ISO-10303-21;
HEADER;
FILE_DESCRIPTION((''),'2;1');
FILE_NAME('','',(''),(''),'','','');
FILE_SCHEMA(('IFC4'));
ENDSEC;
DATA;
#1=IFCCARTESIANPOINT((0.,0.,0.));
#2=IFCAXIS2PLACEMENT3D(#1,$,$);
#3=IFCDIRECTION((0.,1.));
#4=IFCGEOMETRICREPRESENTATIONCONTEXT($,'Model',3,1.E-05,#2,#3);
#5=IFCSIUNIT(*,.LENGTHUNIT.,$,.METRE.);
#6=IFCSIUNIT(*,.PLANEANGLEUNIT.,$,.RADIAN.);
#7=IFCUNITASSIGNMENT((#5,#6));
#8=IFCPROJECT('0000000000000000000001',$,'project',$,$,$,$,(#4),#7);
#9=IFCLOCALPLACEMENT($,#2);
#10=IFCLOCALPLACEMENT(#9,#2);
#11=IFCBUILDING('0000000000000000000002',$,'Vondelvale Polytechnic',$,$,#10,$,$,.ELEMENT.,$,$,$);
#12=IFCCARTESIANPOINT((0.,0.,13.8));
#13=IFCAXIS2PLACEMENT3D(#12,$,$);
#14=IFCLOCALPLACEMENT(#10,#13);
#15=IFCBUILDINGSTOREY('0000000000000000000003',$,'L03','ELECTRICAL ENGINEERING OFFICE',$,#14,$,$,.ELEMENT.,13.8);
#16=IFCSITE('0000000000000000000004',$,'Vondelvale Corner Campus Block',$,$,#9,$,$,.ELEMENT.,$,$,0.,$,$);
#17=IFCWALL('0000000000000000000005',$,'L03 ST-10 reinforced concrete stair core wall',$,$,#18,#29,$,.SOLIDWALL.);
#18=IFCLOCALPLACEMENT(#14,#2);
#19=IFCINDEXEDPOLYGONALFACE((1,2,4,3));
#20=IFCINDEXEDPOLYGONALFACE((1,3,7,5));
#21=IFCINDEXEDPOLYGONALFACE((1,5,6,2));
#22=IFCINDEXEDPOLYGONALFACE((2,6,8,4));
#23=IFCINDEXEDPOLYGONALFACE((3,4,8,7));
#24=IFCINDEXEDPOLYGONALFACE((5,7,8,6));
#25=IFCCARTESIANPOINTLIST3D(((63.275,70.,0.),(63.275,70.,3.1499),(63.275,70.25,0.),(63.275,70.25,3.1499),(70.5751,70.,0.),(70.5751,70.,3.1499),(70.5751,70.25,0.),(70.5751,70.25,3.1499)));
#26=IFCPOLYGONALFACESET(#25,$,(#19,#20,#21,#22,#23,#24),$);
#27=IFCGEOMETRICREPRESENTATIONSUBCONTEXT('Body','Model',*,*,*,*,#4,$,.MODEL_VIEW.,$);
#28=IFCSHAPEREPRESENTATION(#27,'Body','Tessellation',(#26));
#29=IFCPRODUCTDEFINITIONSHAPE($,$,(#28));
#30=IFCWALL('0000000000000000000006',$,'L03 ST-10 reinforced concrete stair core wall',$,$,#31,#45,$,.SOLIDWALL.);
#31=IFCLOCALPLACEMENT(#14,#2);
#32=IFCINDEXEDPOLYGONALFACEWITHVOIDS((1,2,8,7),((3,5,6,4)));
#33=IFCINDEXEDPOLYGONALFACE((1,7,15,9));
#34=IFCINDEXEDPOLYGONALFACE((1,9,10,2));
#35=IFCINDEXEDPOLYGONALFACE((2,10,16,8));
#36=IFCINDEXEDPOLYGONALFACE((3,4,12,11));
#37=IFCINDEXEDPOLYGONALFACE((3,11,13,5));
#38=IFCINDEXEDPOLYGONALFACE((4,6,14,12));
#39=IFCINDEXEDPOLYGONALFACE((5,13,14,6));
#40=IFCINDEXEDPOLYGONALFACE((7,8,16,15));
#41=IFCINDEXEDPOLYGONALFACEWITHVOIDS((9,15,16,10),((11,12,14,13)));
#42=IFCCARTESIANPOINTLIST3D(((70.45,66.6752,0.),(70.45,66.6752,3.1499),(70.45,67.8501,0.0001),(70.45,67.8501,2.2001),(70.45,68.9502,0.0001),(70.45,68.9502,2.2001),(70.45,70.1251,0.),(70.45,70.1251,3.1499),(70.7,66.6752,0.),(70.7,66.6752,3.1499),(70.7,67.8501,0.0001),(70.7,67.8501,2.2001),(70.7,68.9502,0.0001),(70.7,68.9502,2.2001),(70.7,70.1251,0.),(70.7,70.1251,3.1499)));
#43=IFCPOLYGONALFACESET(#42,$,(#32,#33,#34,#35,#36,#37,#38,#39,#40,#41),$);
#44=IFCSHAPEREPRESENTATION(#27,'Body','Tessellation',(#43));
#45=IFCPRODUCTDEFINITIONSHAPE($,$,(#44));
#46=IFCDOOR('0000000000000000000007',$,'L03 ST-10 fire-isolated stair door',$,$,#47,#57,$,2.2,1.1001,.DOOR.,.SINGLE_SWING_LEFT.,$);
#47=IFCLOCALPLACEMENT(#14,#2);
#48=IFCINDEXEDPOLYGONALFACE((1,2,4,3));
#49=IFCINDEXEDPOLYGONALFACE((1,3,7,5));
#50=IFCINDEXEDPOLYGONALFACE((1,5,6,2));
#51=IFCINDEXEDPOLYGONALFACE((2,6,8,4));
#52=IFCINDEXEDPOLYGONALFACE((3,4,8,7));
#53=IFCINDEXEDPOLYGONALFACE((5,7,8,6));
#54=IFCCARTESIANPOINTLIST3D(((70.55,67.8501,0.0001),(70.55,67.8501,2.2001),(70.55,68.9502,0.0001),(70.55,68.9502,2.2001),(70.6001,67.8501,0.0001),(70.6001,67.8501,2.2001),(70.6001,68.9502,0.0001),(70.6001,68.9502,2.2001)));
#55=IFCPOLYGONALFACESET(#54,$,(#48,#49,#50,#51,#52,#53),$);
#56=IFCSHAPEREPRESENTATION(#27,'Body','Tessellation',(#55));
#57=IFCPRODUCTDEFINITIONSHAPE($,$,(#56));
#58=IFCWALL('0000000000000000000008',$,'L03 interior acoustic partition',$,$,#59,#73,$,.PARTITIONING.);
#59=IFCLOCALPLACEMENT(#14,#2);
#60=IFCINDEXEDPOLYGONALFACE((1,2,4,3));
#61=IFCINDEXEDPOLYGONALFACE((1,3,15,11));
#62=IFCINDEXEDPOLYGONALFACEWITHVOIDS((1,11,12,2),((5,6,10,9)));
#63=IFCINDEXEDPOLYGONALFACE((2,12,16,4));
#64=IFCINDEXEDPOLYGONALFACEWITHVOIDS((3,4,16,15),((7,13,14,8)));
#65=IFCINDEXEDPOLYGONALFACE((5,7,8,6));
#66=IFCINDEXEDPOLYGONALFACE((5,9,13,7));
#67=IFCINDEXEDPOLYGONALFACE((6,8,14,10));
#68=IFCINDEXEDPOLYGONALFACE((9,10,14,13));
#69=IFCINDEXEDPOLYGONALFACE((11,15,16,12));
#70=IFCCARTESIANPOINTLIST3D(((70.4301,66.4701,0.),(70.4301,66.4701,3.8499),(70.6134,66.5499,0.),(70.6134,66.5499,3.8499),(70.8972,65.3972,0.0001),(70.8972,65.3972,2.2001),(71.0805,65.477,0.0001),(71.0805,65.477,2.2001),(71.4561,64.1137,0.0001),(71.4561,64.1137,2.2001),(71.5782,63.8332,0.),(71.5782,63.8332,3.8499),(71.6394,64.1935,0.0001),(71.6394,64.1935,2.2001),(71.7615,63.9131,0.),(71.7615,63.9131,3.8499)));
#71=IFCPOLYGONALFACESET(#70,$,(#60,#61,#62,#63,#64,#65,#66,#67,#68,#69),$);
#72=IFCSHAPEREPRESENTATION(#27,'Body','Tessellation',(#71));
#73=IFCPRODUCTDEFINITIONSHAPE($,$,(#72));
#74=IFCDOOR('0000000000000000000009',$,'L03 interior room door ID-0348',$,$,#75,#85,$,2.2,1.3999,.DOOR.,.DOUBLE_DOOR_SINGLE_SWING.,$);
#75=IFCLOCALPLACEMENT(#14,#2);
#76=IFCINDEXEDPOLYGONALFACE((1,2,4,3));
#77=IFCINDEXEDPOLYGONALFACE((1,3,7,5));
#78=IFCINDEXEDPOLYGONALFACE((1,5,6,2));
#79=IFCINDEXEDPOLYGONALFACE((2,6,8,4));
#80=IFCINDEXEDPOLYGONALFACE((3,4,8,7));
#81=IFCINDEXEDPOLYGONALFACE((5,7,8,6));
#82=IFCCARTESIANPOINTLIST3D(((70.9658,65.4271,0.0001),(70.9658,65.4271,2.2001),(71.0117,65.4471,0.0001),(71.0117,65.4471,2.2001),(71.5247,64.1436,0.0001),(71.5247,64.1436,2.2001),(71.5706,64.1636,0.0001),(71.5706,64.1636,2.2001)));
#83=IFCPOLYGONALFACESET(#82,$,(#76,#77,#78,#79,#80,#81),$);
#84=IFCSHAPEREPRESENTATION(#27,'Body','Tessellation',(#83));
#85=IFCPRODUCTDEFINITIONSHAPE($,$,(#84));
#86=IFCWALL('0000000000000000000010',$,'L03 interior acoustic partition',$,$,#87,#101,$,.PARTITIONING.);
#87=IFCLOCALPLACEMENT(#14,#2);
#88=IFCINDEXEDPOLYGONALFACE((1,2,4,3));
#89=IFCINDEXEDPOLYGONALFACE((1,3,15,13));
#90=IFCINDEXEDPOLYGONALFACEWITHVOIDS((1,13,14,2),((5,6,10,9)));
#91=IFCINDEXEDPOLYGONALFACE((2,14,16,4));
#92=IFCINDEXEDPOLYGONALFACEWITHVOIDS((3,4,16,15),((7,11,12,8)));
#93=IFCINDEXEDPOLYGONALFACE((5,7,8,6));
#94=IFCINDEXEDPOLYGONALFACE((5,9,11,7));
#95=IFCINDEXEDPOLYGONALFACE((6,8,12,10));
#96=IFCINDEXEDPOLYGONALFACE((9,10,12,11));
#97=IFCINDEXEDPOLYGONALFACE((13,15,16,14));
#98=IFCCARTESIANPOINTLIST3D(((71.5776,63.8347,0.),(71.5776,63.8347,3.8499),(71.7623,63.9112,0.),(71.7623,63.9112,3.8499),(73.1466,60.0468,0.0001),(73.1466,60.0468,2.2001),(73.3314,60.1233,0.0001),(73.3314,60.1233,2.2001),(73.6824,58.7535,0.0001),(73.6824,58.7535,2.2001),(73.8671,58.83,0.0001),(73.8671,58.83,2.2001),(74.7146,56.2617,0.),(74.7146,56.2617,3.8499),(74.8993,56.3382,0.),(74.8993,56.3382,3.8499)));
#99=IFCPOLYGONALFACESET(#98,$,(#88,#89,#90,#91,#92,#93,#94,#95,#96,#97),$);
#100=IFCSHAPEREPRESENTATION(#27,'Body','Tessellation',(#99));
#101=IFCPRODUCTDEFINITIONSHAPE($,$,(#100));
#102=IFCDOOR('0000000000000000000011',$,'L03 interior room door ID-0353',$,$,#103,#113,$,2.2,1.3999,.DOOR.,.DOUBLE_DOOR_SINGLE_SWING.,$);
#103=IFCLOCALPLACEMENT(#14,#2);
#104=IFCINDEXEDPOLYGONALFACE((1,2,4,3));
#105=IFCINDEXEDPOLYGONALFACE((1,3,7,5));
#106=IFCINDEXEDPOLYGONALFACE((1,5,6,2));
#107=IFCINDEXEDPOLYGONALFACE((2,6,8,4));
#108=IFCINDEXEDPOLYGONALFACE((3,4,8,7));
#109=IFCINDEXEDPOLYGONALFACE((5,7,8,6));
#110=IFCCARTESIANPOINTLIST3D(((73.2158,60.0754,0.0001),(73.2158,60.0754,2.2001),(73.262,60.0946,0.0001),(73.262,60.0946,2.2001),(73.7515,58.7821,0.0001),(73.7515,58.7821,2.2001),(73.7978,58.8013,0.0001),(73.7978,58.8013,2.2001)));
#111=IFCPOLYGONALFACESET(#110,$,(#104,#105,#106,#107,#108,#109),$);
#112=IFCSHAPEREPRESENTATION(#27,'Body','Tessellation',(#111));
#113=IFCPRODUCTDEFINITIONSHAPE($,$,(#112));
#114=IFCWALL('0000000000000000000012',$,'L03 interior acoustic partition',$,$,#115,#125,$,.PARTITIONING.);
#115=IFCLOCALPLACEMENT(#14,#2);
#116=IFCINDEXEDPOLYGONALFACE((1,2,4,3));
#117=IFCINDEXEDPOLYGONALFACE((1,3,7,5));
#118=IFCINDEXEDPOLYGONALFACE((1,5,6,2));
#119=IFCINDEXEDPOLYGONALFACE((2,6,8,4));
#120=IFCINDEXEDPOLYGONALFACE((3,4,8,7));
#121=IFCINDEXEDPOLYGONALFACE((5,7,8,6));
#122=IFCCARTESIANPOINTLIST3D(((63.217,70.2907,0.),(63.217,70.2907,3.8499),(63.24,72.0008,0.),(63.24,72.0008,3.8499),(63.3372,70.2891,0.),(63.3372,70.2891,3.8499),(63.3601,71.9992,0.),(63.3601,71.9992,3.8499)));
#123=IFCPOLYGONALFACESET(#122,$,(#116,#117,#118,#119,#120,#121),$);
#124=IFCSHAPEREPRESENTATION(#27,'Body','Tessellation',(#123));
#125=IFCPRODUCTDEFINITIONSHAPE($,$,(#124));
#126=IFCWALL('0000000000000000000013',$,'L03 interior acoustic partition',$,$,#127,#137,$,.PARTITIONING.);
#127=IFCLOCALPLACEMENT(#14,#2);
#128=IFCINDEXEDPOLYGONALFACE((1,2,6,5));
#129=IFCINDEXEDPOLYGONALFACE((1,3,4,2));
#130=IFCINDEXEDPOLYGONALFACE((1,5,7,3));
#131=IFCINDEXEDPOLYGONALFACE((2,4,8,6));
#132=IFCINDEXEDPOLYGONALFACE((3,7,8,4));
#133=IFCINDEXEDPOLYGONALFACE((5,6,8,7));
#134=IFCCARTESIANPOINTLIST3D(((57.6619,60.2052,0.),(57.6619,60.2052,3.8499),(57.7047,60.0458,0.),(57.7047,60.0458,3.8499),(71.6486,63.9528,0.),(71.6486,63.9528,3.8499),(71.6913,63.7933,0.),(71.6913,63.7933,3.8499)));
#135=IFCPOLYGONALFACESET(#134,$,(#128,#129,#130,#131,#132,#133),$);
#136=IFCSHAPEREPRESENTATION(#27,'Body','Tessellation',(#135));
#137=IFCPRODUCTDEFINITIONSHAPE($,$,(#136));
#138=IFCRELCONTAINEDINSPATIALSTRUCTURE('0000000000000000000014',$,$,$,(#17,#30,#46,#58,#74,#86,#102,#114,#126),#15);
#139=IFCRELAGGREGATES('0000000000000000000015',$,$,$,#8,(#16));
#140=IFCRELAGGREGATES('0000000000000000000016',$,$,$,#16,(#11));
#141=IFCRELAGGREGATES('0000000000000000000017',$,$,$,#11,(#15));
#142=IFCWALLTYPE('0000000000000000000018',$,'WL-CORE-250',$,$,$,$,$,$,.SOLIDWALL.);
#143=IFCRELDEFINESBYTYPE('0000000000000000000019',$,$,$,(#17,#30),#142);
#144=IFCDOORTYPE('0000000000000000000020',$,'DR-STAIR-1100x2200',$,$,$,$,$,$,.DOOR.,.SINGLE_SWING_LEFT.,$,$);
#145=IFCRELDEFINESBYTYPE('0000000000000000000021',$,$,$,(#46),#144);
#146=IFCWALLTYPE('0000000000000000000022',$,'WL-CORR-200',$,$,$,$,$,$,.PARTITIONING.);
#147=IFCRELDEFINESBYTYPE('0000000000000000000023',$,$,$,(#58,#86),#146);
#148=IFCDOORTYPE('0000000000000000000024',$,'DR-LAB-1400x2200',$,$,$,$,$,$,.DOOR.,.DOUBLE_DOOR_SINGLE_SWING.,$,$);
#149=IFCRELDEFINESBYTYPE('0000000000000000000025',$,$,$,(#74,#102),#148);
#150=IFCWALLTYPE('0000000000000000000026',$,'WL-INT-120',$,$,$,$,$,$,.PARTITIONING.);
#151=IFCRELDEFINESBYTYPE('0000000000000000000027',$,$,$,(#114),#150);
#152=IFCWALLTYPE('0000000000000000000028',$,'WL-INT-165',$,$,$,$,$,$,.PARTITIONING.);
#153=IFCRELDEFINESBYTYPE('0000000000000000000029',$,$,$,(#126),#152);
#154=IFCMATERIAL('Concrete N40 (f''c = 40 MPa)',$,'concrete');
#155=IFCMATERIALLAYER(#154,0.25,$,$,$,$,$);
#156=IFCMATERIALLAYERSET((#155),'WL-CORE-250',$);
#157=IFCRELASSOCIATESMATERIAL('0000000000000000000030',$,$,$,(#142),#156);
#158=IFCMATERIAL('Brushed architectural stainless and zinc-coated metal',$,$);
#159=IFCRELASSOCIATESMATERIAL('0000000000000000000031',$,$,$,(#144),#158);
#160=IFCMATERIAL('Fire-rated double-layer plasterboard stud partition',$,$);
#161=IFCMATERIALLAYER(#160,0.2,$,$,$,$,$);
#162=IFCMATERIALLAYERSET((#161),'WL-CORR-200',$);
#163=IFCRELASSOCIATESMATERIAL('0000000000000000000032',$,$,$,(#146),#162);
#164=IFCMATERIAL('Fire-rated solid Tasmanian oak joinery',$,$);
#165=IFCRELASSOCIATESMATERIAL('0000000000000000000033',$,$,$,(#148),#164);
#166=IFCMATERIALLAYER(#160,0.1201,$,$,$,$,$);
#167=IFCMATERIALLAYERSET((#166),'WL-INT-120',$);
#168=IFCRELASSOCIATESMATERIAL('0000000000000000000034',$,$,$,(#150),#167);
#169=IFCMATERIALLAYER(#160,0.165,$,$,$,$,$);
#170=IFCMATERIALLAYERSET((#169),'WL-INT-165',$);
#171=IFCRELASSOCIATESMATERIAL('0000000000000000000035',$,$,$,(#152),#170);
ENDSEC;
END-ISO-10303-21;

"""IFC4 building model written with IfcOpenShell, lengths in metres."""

from ifc_helpers import new_model, si_unit, direction, frame, frame_2d, origin, place, context, subcontext, project, spatial, rectangle, extrude, material, layer, layer_set, type_object, element, fill, save


model = new_model("IFC4")

# Units and contexts
model_context = context("Model", 3, precision=1e-05, world=origin(), true_north=direction((0.0, 1.0)))
body_context = subcontext(model_context, "Body", "Model", "MODEL_VIEW")
ifc_project = project(units=[si_unit("LENGTHUNIT", "METRE"), si_unit("PLANEANGLEUNIT", "RADIAN")], contexts=[model_context])

# Site, building, storey
site_placement = place(None, origin())
site = spatial("IfcSite", under=ifc_project, at=site_placement, Name="Vondelvale Corner Campus Block", CompositionType="ELEMENT", RefElevation=0.0)
building_placement = place(site_placement, origin())
building = spatial("IfcBuilding", under=site, at=building_placement, Name="Vondelvale Polytechnic", CompositionType="ELEMENT")
storey_placement = place(building_placement, frame((0.0, 0.0, 13.8)))
storey = spatial("IfcBuildingStorey", under=building, at=storey_placement, Name="L03", Description="ELECTRICAL ENGINEERING OFFICE", CompositionType="ELEMENT", Elevation=13.8)

# Shared definitions
ifc_material_1 = material(Name="Concrete N40 (f'c = 40 MPa)", Category="concrete")

# Wall
ifc_layer_1 = layer(ifc_material_1, 0.25)
ifc_layer_set_1 = layer_set([ifc_layer_1], Name="WL-CORE-250")
wall_type_1 = type_object("IfcWallType", Name="WL-CORE-250", PredefinedType="SOLIDWALL", material=ifc_layer_set_1)
wall_1_placement = place(storey_placement, frame((70.575, 70.125, 0.0), z_axis=(0.0, 0.0, 1.0), x_axis=(-1.0, 0.0, 0.0)))
element("IfcWall", 1, at=wall_1_placement, inside=storey, type_object=wall_type_1, Name="L03 ST-10 reinforced concrete stair core wall", PredefinedType="SOLIDWALL", context=body_context, shape_type="SweptSolid", body=[
    extrude(rectangle(XDim=7.3, YDim=0.25, at=frame_2d((3.6499, 0.0))), origin(), (0.0, 0.0, 1.0), 3.1499),
])

# Walls, openings, doors
wall_2_placement = place(storey_placement, frame((70.575, 66.675, 0.0), z_axis=(0.0, 0.0, 1.0), x_axis=(0.0, 1.0, 0.0)))
wall_2 = element("IfcWall", 2, at=wall_2_placement, inside=storey, type_object=wall_type_1, Name="L03 ST-10 reinforced concrete stair core wall", PredefinedType="SOLIDWALL", context=body_context, shape_type="SweptSolid", body=[
    extrude(rectangle(XDim=3.45, YDim=0.25, at=frame_2d((1.7251, 0.0))), origin(), (0.0, 0.0, 1.0), 3.1499),
])
opening_1_placement = place(wall_2_placement, frame((1.175, 0.0, 0.0)))
opening_1 = element("IfcOpeningElement", 3, at=opening_1_placement, cuts=wall_2, PredefinedType="OPENING", context=body_context, shape_type="SweptSolid", body=[
    extrude(rectangle(XDim=1.1001, YDim=2.2, at=frame_2d((0.55, 1.1001))), frame((0.0, 0.135, 0.0), z_axis=(0.0, -1.0, 0.0), x_axis=(1.0, 0.0, 0.0)), (0.0, 0.0, 1.0), 0.27),
])
ifc_material_2 = material(Name="Brushed architectural stainless and zinc-coated metal")
door_type_1 = type_object("IfcDoorType", Name="DR-STAIR-1100x2200", OperationType="SINGLE_SWING_LEFT", PredefinedType="DOOR", material=ifc_material_2)
door_1_placement = place(opening_1_placement, origin())
door_1 = element("IfcDoor", 4, at=door_1_placement, inside=storey, type_object=door_type_1, Name="L03 ST-10 fire-isolated stair door", OperationType="SINGLE_SWING_LEFT", OverallHeight=2.2, OverallWidth=1.1001, PredefinedType="DOOR", context=body_context, shape_type="SweptSolid", body=[
    extrude(rectangle(XDim=1.1001, YDim=2.2, at=frame_2d((0.55, 1.1001))), frame((0.0, 0.0249, 0.0), z_axis=(0.0, -1.0, 0.0), x_axis=(1.0, 0.0, 0.0)), (0.0, 0.0, 1.0), 0.05),
])
fill(opening_1, door_1)
ifc_material_3 = material(Name="Fire-rated double-layer plasterboard stud partition")
ifc_layer_2 = layer(ifc_material_3, 0.2)
ifc_layer_set_2 = layer_set([ifc_layer_2], Name="WL-CORR-200")
wall_type_2 = type_object("IfcWallType", Name="WL-CORR-200", PredefinedType="PARTITIONING", material=ifc_layer_set_2)
wall_3_placement = place(storey_placement, frame((70.5217, 66.51, 0.0), z_axis=(0.0, 0.0, 1.0), x_axis=(0.39922, -0.916855, 0.0)))
wall_3 = element("IfcWall", 5, at=wall_3_placement, inside=storey, type_object=wall_type_2, Name="L03 interior acoustic partition", PredefinedType="PARTITIONING", context=body_context, shape_type="SweptSolid", body=[
    extrude(rectangle(XDim=2.876, YDim=0.2, at=frame_2d((1.438, 0.0))), origin(), (0.0, 0.0, 1.0), 3.8499),
])
opening_2_placement = place(wall_3_placement, frame((1.1702, 0.0, 0.0)))
opening_2 = element("IfcOpeningElement", 6, at=opening_2_placement, cuts=wall_3, PredefinedType="OPENING", context=body_context, shape_type="SweptSolid", body=[
    extrude(rectangle(XDim=1.3999, YDim=2.2, at=frame_2d((0.7, 1.1001))), frame((0.0, 0.1099, 0.0), z_axis=(0.0, -1.0, 0.0), x_axis=(1.0, 0.0, 0.0)), (0.0, 0.0, 1.0), 0.22),
])
ifc_material_4 = material(Name="Fire-rated solid Tasmanian oak joinery")
door_type_2 = type_object("IfcDoorType", Name="DR-LAB-1400x2200", OperationType="DOUBLE_DOOR_SINGLE_SWING", PredefinedType="DOOR", material=ifc_material_4)
door_2_placement = place(opening_2_placement, origin())
door_2 = element("IfcDoor", 7, at=door_2_placement, inside=storey, type_object=door_type_2, Name="L03 interior room door ID-0348", OperationType="DOUBLE_DOOR_SINGLE_SWING", OverallHeight=2.2, OverallWidth=1.3999, PredefinedType="DOOR", context=body_context, shape_type="SweptSolid", body=[
    extrude(rectangle(XDim=1.3999, YDim=2.2, at=frame_2d((0.7, 1.1001))), frame((0.0, 0.0249, 0.0), z_axis=(0.0, -1.0, 0.0), x_axis=(1.0, 0.0, 0.0)), (0.0, 0.0, 1.0), 0.05),
])
fill(opening_2, door_2)
wall_4_placement = place(storey_placement, frame((71.6699, 63.873, 0.0), z_axis=(0.0, 0.0, 1.0), x_axis=(0.382696, -0.923874, 0.0)))
wall_4 = element("IfcWall", 8, at=wall_4_placement, inside=storey, type_object=wall_type_2, Name="L03 interior acoustic partition", PredefinedType="PARTITIONING", context=body_context, shape_type="SweptSolid", body=[
    extrude(rectangle(XDim=8.197, YDim=0.2, at=frame_2d((4.0986, 0.0))), origin(), (0.0, 0.0, 1.0), 3.8499),
])
opening_3_placement = place(wall_4_placement, frame((4.1001, 0.0, 0.0)))
opening_3 = element("IfcOpeningElement", 9, at=opening_3_placement, cuts=wall_4, PredefinedType="OPENING", context=body_context, shape_type="SweptSolid", body=[
    extrude(rectangle(XDim=1.3999, YDim=2.2, at=frame_2d((0.7, 1.1001))), frame((0.0, 0.1099, 0.0), z_axis=(0.0, -1.0, 0.0), x_axis=(1.0, 0.0, 0.0)), (0.0, 0.0, 1.0), 0.22),
])
door_3_placement = place(opening_3_placement, origin())
door_3 = element("IfcDoor", 10, at=door_3_placement, inside=storey, type_object=door_type_2, Name="L03 interior room door ID-0353", OperationType="DOUBLE_DOOR_SINGLE_SWING", OverallHeight=2.2, OverallWidth=1.3999, PredefinedType="DOOR", context=body_context, shape_type="SweptSolid", body=[
    extrude(rectangle(XDim=1.3999, YDim=2.2, at=frame_2d((0.7, 1.1001))), frame((0.0, 0.0249, 0.0), z_axis=(0.0, -1.0, 0.0), x_axis=(1.0, 0.0, 0.0)), (0.0, 0.0, 1.0), 0.05),
])
fill(opening_3, door_3)

# Walls
ifc_layer_3 = layer(ifc_material_3, 0.1201)
ifc_layer_set_3 = layer_set([ifc_layer_3], Name="WL-INT-120")
wall_type_3 = type_object("IfcWallType", Name="WL-INT-120", PredefinedType="PARTITIONING", material=ifc_layer_set_3)
wall_5_placement = place(storey_placement, frame((63.2771, 70.29, 0.0), z_axis=(0.0, 0.0, 1.0), x_axis=(0.01342, 0.99991, 0.0)))
element("IfcWall", 11, at=wall_5_placement, inside=storey, type_object=wall_type_3, Name="L03 interior acoustic partition", PredefinedType="PARTITIONING", context=body_context, shape_type="SweptSolid", body=[
    extrude(rectangle(XDim=1.7102, YDim=0.1201, at=frame_2d((0.855, 0.0))), origin(), (0.0, 0.0, 1.0), 3.8499),
])
ifc_layer_4 = layer(ifc_material_3, 0.165)
ifc_layer_set_4 = layer_set([ifc_layer_4], Name="WL-INT-165")
wall_type_4 = type_object("IfcWallType", Name="WL-INT-165", PredefinedType="PARTITIONING", material=ifc_layer_set_4)
wall_6_placement = place(storey_placement, frame((71.6699, 63.873, 0.0), z_axis=(0.0, 0.0, 1.0), x_axis=(-0.965928, -0.258811, 0.0)))
element("IfcWall", 12, at=wall_6_placement, inside=storey, type_object=wall_type_4, Name="L03 interior acoustic partition", PredefinedType="PARTITIONING", context=body_context, shape_type="SweptSolid", body=[
    extrude(rectangle(XDim=14.48, YDim=0.165, at=frame_2d((7.24, 0.0))), origin(), (0.0, 0.0, 1.0), 3.8499),
])

save(model, "model.ifc")
